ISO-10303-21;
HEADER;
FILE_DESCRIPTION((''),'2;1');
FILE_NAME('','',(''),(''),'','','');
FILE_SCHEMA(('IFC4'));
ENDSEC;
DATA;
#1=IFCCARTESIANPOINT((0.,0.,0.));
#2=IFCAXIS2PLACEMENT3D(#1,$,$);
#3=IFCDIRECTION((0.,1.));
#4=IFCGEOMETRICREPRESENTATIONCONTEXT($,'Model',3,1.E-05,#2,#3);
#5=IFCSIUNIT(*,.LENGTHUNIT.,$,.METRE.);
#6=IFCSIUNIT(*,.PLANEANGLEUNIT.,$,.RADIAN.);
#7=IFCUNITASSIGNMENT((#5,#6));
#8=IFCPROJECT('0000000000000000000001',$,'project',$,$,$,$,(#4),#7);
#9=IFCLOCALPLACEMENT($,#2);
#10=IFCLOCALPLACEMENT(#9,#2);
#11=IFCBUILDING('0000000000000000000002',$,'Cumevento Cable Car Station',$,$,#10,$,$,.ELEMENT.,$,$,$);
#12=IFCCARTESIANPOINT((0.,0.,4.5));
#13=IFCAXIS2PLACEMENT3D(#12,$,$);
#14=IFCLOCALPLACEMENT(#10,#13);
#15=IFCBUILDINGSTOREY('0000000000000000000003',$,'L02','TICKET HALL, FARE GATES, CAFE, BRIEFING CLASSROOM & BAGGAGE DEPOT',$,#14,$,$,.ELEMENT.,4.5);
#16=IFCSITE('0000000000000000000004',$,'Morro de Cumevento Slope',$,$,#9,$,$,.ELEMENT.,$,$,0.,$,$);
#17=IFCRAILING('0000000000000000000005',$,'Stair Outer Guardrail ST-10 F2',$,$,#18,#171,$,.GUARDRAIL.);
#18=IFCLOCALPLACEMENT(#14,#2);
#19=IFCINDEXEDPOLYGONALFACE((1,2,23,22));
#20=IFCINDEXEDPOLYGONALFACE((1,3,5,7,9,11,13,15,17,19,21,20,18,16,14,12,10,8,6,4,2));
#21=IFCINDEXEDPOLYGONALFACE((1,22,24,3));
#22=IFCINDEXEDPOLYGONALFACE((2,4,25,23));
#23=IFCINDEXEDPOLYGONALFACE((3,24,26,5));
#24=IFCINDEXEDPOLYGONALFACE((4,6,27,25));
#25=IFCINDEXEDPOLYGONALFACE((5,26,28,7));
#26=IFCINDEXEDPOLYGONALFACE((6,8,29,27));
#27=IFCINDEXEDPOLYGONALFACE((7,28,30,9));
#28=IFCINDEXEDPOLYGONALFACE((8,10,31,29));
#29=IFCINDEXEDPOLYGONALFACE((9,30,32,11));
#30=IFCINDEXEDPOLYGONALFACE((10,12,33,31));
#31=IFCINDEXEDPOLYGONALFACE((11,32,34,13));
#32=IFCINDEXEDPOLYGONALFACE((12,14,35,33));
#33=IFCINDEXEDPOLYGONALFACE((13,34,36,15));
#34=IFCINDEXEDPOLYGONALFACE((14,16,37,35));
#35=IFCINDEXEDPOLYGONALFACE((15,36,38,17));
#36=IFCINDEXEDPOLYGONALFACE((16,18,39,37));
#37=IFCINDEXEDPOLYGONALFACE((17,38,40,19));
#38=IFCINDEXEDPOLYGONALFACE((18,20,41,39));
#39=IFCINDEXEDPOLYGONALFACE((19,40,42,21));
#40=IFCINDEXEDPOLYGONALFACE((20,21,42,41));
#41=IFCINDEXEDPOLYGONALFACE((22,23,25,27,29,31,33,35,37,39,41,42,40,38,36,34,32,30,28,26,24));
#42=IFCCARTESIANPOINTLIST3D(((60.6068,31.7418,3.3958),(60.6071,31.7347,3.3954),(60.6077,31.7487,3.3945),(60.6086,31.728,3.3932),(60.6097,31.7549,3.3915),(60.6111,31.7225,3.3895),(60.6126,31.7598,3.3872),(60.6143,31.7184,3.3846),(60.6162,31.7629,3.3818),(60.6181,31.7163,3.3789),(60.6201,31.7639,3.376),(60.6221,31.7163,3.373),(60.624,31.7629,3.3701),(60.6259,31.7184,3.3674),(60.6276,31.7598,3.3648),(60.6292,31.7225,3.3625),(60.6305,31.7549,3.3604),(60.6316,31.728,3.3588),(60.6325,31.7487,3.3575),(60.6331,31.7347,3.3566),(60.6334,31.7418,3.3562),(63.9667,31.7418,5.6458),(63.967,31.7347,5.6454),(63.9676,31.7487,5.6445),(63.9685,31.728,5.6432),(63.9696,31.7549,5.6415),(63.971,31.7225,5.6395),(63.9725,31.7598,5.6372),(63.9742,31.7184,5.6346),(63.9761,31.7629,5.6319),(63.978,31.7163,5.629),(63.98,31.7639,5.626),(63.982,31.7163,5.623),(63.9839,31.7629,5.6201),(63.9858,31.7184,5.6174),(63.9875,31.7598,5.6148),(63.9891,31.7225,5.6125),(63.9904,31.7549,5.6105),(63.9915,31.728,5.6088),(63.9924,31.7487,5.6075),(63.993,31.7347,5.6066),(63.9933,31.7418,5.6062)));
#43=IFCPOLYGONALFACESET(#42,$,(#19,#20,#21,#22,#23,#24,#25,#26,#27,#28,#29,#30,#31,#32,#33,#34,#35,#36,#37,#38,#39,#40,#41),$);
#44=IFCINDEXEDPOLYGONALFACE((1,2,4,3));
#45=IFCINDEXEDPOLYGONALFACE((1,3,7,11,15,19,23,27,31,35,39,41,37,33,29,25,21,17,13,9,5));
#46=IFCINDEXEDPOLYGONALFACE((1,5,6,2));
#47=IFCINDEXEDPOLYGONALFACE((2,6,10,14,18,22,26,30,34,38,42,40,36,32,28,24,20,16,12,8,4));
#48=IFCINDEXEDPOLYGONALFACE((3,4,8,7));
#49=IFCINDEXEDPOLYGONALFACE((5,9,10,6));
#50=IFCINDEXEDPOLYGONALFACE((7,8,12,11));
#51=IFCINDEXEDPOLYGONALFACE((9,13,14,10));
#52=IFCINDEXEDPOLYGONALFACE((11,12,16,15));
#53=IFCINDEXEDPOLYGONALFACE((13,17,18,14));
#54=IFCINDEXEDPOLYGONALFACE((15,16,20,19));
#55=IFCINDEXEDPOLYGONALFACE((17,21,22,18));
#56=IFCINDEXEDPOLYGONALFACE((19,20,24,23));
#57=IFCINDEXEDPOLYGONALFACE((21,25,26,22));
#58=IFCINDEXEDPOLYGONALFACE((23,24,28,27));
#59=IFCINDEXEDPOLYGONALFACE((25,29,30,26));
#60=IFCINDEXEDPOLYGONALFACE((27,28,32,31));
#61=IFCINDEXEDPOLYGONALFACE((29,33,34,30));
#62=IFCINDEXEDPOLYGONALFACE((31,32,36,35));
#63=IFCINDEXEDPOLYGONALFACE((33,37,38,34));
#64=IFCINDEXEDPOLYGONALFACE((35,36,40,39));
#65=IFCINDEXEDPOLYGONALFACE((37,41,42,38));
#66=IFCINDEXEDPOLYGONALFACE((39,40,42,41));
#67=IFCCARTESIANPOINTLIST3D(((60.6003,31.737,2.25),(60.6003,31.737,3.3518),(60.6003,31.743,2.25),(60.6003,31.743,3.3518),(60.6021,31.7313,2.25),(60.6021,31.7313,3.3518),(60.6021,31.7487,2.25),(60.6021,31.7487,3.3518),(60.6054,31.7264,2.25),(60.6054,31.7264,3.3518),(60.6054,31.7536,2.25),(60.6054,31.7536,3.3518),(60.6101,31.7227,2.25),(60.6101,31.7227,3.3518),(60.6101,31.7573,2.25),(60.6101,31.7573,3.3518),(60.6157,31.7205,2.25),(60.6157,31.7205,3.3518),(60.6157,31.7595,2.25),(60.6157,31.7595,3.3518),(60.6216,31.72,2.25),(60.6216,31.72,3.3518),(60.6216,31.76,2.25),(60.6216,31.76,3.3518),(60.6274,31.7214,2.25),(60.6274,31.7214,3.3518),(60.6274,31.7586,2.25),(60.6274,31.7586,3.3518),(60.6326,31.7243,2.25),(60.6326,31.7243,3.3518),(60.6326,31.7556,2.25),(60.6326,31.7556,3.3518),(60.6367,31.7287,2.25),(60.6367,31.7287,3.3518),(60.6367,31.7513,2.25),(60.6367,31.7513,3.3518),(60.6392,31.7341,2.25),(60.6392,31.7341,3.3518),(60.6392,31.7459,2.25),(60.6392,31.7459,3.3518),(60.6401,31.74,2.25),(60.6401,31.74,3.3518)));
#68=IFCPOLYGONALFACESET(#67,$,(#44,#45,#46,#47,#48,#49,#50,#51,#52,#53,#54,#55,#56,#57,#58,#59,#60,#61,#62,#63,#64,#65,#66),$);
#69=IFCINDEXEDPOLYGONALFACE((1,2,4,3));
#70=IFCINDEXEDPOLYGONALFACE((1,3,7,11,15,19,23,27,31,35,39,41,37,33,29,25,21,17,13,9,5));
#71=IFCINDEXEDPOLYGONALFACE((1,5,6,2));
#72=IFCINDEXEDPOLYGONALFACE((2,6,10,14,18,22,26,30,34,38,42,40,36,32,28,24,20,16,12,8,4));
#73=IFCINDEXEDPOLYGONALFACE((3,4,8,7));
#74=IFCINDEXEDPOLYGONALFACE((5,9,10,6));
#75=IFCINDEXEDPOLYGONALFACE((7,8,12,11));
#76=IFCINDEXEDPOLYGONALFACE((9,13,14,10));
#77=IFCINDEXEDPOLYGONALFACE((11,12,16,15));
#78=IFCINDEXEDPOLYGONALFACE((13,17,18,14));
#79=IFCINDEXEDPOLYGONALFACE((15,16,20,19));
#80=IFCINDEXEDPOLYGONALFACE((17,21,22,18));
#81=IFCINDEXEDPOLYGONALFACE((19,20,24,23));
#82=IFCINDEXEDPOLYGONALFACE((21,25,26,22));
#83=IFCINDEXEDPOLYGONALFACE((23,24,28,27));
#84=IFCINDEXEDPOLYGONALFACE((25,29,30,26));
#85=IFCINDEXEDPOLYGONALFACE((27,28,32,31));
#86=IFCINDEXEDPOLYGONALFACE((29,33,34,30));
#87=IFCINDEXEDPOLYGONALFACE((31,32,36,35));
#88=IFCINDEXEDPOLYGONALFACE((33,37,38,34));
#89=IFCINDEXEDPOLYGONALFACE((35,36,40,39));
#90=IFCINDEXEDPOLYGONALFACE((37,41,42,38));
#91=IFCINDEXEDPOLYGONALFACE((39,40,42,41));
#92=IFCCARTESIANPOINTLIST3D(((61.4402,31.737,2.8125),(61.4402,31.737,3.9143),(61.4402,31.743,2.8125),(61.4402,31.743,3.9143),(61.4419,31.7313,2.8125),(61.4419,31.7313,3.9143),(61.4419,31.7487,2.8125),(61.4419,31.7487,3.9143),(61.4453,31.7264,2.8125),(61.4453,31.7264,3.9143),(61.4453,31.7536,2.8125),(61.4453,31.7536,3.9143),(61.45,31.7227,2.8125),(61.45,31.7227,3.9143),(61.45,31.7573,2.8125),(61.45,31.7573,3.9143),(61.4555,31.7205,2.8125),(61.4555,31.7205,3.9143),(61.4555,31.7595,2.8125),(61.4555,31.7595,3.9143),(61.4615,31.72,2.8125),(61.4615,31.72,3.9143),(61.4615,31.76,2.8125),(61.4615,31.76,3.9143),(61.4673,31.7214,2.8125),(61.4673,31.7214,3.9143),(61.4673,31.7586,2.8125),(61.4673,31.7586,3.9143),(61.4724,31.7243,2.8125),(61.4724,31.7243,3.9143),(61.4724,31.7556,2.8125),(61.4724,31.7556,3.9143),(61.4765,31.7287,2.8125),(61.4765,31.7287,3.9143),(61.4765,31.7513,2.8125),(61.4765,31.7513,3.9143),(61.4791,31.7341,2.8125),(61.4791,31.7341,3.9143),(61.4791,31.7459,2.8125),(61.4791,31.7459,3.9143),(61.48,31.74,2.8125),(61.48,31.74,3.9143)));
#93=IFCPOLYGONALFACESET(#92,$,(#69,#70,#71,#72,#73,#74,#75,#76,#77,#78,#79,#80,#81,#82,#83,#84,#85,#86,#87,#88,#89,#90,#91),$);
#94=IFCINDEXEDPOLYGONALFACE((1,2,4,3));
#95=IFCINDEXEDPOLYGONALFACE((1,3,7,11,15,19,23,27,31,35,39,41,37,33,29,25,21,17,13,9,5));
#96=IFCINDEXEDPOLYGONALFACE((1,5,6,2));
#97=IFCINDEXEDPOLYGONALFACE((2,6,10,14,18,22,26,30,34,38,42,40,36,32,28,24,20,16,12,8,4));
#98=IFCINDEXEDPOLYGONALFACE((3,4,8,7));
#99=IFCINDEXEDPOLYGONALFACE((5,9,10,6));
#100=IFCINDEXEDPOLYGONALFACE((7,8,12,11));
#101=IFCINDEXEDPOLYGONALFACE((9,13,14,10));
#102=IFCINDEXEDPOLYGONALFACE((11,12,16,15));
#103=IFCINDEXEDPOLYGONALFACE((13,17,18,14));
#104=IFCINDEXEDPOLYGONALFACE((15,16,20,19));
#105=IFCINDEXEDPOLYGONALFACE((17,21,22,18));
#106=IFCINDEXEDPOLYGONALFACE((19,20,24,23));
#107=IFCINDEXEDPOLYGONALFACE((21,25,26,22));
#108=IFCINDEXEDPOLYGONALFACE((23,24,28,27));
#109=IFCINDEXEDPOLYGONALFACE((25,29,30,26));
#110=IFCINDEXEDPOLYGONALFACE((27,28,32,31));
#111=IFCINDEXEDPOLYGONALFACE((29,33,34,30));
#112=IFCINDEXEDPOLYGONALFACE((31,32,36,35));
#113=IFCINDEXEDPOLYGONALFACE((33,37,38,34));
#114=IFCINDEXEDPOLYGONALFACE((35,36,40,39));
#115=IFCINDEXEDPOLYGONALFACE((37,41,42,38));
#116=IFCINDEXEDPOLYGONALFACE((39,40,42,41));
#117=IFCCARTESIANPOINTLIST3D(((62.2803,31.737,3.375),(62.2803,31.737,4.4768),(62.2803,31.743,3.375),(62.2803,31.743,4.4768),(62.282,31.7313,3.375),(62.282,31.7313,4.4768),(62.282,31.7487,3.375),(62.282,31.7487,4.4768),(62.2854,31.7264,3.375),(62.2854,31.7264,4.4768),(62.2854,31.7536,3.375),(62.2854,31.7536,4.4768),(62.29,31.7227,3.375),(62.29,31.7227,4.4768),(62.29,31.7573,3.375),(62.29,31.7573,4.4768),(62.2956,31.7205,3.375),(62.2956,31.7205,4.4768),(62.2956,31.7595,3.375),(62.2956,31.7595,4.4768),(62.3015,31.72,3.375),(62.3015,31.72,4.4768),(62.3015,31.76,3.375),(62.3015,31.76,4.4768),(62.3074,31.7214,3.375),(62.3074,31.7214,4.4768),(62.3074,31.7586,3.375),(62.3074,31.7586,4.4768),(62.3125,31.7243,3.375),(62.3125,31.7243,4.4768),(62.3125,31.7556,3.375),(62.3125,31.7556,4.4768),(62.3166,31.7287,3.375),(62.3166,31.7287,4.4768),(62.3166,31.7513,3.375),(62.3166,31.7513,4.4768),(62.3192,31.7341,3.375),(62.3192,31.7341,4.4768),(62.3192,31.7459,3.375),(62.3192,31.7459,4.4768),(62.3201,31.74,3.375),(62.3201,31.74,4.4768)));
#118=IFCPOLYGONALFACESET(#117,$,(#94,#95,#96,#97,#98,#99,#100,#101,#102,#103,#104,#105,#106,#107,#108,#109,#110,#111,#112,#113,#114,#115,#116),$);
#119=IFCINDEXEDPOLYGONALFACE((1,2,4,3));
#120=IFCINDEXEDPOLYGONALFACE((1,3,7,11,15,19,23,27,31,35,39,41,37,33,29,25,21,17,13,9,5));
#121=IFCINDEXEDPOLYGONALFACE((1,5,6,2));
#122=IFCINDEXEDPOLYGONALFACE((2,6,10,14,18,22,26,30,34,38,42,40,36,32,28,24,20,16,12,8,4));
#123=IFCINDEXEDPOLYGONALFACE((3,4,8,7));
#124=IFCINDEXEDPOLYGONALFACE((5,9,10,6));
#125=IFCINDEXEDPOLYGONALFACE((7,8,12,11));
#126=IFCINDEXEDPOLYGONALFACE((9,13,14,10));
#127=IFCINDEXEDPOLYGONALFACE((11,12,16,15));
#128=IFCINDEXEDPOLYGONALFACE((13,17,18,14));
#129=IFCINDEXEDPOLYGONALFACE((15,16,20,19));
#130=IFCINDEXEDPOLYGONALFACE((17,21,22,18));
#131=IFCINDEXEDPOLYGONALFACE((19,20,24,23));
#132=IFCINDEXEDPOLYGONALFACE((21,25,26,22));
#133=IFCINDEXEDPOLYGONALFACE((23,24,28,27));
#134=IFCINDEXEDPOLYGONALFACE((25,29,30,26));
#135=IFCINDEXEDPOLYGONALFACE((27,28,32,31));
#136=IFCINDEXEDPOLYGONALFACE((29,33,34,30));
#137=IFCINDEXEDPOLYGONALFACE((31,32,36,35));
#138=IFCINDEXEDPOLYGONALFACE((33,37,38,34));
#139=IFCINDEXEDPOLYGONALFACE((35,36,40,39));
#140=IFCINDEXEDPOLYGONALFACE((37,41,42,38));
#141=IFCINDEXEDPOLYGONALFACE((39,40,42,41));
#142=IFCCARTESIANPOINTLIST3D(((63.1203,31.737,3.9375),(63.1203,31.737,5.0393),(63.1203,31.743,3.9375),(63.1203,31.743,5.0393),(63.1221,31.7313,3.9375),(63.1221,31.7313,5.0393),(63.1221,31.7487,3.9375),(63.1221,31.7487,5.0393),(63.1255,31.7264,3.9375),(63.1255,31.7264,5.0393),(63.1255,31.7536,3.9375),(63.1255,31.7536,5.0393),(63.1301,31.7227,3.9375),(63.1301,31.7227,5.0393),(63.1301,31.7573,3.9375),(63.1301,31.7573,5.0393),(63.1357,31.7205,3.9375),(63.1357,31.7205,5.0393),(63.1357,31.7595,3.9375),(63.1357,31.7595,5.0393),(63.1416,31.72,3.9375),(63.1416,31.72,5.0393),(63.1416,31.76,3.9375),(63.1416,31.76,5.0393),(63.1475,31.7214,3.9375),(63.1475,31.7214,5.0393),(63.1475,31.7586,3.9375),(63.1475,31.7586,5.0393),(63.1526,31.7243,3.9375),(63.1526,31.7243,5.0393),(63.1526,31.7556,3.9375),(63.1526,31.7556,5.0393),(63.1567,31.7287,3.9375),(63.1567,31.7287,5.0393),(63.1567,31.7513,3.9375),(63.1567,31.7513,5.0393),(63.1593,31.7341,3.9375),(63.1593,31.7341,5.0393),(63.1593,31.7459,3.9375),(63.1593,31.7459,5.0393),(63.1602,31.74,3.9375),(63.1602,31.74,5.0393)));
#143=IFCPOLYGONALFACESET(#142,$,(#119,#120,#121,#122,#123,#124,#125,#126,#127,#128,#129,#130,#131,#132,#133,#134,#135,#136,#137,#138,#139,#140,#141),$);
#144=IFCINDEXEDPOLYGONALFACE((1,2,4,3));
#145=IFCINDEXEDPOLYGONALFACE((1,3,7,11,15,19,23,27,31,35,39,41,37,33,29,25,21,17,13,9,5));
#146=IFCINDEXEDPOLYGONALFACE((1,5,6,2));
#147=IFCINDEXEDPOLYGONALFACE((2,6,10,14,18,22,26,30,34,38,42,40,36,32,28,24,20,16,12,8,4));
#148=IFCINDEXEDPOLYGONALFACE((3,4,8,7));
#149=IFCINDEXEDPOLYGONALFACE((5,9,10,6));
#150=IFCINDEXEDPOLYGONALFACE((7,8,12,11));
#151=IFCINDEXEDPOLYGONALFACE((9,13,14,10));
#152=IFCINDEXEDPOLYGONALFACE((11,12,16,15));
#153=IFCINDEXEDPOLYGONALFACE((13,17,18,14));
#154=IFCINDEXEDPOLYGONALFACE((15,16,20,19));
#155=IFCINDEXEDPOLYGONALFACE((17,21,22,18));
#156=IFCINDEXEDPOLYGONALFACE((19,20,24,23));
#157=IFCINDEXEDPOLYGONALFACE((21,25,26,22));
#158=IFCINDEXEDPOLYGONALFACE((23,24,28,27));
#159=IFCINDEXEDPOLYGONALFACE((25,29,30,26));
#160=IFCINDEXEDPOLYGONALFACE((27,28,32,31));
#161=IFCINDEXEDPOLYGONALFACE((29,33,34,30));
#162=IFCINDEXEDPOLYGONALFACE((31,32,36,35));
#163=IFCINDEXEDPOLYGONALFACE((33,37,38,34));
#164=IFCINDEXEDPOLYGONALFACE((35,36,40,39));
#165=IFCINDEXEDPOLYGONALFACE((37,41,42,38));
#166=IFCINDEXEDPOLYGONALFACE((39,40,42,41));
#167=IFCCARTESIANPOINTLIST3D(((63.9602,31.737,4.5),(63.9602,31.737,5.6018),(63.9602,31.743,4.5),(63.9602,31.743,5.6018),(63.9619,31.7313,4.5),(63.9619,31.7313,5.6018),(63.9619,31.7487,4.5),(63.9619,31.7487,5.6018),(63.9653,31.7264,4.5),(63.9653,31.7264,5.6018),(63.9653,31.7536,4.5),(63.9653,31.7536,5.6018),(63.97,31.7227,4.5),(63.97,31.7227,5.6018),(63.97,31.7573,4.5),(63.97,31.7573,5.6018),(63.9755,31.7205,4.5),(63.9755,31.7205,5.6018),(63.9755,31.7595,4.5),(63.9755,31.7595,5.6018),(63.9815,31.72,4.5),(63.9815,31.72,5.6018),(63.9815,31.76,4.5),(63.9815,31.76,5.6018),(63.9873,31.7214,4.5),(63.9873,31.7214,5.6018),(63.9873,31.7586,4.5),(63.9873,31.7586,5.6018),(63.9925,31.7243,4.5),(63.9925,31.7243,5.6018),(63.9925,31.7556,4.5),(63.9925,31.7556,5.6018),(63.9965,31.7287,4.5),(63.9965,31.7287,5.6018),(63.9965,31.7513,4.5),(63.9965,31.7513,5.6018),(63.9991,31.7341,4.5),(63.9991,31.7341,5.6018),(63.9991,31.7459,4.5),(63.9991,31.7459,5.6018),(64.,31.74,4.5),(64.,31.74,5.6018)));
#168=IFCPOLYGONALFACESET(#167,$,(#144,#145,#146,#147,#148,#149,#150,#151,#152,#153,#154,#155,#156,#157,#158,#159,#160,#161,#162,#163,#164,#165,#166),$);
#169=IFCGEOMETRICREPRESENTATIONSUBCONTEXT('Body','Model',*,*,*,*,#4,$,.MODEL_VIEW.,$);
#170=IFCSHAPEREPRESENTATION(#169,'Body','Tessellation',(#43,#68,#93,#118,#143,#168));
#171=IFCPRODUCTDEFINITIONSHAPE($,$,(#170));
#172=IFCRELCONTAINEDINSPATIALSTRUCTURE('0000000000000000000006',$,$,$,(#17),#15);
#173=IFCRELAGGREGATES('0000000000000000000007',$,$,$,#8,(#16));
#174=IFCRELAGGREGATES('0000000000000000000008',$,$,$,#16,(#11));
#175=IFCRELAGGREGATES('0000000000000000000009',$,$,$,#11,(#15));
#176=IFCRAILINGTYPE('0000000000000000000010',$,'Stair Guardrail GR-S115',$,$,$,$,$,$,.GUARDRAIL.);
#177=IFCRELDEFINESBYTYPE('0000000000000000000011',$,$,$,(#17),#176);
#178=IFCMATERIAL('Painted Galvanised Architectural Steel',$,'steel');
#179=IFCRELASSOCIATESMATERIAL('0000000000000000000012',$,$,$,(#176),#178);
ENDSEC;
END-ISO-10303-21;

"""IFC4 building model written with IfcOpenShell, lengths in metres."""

from ifc_helpers import new_model, si_unit, direction, frame, origin, origin_2d, place, context, subcontext, project, spatial, circle, extrude, material, type_object, element, save


model = new_model("IFC4")

# Units and contexts
model_context = context("Model", 3, precision=1e-05, world=origin(), true_north=direction((0.0, 1.0)))
body_context = subcontext(model_context, "Body", "Model", "MODEL_VIEW")
ifc_project = project(units=[si_unit("LENGTHUNIT", "METRE"), si_unit("PLANEANGLEUNIT", "RADIAN")], contexts=[model_context])

# Site, building, storey
site_placement = place(None, origin())
site = spatial("IfcSite", under=ifc_project, at=site_placement, Name="Morro de Cumevento Slope", CompositionType="ELEMENT", RefElevation=0.0)
building_placement = place(site_placement, origin())
building = spatial("IfcBuilding", under=site, at=building_placement, Name="Cumevento Cable Car Station", CompositionType="ELEMENT")
storey_placement = place(building_placement, frame((0.0, 0.0, 4.5)))
storey = spatial("IfcBuildingStorey", under=building, at=storey_placement, Name="L02", Description="TICKET HALL, FARE GATES, CAFE, BRIEFING CLASSROOM & BAGGAGE DEPOT", CompositionType="ELEMENT", Elevation=4.5)

# Railing
ifc_material_1 = material(Name="Painted Galvanised Architectural Steel", Category="steel")
railing_type_1 = type_object("IfcRailingType", Name="Stair Guardrail GR-S115", PredefinedType="GUARDRAIL", material=ifc_material_1)
railing_1_placement = place(storey_placement, frame((60.6201, 31.74, 2.25)))
element("IfcRailing", 1, at=railing_1_placement, inside=storey, type_object=railing_type_1, Name="Stair Outer Guardrail ST-10 F2", PredefinedType="GUARDRAIL", context=body_context, shape_type="SweptSolid", body=[
    extrude(circle(Radius=0.0239, at=origin_2d()), frame((0.0, 0.0, 1.126), z_axis=(0.830897, 0.0, 0.556427), x_axis=(0.0, 1.0, 0.0)), (0.0, 0.0, 1.0), 4.0437),
    extrude(circle(Radius=0.02, at=origin_2d()), origin(), (0.0, 0.0, 1.0), 1.1018),
    extrude(circle(Radius=0.02, at=origin_2d()), frame((0.8398, 0.0, 0.5625)), (0.0, 0.0, 1.0), 1.1018),
    extrude(circle(Radius=0.02, at=origin_2d()), frame((1.6799, 0.0, 1.125)), (0.0, 0.0, 1.0), 1.1018),
    extrude(circle(Radius=0.02, at=origin_2d()), frame((2.52, 0.0, 1.6875)), (0.0, 0.0, 1.0), 1.1018),
    extrude(circle(Radius=0.02, at=origin_2d()), frame((3.3599, 0.0, 2.25)), (0.0, 0.0, 1.0), 1.1018),
])

save(model, "model.ifc")
